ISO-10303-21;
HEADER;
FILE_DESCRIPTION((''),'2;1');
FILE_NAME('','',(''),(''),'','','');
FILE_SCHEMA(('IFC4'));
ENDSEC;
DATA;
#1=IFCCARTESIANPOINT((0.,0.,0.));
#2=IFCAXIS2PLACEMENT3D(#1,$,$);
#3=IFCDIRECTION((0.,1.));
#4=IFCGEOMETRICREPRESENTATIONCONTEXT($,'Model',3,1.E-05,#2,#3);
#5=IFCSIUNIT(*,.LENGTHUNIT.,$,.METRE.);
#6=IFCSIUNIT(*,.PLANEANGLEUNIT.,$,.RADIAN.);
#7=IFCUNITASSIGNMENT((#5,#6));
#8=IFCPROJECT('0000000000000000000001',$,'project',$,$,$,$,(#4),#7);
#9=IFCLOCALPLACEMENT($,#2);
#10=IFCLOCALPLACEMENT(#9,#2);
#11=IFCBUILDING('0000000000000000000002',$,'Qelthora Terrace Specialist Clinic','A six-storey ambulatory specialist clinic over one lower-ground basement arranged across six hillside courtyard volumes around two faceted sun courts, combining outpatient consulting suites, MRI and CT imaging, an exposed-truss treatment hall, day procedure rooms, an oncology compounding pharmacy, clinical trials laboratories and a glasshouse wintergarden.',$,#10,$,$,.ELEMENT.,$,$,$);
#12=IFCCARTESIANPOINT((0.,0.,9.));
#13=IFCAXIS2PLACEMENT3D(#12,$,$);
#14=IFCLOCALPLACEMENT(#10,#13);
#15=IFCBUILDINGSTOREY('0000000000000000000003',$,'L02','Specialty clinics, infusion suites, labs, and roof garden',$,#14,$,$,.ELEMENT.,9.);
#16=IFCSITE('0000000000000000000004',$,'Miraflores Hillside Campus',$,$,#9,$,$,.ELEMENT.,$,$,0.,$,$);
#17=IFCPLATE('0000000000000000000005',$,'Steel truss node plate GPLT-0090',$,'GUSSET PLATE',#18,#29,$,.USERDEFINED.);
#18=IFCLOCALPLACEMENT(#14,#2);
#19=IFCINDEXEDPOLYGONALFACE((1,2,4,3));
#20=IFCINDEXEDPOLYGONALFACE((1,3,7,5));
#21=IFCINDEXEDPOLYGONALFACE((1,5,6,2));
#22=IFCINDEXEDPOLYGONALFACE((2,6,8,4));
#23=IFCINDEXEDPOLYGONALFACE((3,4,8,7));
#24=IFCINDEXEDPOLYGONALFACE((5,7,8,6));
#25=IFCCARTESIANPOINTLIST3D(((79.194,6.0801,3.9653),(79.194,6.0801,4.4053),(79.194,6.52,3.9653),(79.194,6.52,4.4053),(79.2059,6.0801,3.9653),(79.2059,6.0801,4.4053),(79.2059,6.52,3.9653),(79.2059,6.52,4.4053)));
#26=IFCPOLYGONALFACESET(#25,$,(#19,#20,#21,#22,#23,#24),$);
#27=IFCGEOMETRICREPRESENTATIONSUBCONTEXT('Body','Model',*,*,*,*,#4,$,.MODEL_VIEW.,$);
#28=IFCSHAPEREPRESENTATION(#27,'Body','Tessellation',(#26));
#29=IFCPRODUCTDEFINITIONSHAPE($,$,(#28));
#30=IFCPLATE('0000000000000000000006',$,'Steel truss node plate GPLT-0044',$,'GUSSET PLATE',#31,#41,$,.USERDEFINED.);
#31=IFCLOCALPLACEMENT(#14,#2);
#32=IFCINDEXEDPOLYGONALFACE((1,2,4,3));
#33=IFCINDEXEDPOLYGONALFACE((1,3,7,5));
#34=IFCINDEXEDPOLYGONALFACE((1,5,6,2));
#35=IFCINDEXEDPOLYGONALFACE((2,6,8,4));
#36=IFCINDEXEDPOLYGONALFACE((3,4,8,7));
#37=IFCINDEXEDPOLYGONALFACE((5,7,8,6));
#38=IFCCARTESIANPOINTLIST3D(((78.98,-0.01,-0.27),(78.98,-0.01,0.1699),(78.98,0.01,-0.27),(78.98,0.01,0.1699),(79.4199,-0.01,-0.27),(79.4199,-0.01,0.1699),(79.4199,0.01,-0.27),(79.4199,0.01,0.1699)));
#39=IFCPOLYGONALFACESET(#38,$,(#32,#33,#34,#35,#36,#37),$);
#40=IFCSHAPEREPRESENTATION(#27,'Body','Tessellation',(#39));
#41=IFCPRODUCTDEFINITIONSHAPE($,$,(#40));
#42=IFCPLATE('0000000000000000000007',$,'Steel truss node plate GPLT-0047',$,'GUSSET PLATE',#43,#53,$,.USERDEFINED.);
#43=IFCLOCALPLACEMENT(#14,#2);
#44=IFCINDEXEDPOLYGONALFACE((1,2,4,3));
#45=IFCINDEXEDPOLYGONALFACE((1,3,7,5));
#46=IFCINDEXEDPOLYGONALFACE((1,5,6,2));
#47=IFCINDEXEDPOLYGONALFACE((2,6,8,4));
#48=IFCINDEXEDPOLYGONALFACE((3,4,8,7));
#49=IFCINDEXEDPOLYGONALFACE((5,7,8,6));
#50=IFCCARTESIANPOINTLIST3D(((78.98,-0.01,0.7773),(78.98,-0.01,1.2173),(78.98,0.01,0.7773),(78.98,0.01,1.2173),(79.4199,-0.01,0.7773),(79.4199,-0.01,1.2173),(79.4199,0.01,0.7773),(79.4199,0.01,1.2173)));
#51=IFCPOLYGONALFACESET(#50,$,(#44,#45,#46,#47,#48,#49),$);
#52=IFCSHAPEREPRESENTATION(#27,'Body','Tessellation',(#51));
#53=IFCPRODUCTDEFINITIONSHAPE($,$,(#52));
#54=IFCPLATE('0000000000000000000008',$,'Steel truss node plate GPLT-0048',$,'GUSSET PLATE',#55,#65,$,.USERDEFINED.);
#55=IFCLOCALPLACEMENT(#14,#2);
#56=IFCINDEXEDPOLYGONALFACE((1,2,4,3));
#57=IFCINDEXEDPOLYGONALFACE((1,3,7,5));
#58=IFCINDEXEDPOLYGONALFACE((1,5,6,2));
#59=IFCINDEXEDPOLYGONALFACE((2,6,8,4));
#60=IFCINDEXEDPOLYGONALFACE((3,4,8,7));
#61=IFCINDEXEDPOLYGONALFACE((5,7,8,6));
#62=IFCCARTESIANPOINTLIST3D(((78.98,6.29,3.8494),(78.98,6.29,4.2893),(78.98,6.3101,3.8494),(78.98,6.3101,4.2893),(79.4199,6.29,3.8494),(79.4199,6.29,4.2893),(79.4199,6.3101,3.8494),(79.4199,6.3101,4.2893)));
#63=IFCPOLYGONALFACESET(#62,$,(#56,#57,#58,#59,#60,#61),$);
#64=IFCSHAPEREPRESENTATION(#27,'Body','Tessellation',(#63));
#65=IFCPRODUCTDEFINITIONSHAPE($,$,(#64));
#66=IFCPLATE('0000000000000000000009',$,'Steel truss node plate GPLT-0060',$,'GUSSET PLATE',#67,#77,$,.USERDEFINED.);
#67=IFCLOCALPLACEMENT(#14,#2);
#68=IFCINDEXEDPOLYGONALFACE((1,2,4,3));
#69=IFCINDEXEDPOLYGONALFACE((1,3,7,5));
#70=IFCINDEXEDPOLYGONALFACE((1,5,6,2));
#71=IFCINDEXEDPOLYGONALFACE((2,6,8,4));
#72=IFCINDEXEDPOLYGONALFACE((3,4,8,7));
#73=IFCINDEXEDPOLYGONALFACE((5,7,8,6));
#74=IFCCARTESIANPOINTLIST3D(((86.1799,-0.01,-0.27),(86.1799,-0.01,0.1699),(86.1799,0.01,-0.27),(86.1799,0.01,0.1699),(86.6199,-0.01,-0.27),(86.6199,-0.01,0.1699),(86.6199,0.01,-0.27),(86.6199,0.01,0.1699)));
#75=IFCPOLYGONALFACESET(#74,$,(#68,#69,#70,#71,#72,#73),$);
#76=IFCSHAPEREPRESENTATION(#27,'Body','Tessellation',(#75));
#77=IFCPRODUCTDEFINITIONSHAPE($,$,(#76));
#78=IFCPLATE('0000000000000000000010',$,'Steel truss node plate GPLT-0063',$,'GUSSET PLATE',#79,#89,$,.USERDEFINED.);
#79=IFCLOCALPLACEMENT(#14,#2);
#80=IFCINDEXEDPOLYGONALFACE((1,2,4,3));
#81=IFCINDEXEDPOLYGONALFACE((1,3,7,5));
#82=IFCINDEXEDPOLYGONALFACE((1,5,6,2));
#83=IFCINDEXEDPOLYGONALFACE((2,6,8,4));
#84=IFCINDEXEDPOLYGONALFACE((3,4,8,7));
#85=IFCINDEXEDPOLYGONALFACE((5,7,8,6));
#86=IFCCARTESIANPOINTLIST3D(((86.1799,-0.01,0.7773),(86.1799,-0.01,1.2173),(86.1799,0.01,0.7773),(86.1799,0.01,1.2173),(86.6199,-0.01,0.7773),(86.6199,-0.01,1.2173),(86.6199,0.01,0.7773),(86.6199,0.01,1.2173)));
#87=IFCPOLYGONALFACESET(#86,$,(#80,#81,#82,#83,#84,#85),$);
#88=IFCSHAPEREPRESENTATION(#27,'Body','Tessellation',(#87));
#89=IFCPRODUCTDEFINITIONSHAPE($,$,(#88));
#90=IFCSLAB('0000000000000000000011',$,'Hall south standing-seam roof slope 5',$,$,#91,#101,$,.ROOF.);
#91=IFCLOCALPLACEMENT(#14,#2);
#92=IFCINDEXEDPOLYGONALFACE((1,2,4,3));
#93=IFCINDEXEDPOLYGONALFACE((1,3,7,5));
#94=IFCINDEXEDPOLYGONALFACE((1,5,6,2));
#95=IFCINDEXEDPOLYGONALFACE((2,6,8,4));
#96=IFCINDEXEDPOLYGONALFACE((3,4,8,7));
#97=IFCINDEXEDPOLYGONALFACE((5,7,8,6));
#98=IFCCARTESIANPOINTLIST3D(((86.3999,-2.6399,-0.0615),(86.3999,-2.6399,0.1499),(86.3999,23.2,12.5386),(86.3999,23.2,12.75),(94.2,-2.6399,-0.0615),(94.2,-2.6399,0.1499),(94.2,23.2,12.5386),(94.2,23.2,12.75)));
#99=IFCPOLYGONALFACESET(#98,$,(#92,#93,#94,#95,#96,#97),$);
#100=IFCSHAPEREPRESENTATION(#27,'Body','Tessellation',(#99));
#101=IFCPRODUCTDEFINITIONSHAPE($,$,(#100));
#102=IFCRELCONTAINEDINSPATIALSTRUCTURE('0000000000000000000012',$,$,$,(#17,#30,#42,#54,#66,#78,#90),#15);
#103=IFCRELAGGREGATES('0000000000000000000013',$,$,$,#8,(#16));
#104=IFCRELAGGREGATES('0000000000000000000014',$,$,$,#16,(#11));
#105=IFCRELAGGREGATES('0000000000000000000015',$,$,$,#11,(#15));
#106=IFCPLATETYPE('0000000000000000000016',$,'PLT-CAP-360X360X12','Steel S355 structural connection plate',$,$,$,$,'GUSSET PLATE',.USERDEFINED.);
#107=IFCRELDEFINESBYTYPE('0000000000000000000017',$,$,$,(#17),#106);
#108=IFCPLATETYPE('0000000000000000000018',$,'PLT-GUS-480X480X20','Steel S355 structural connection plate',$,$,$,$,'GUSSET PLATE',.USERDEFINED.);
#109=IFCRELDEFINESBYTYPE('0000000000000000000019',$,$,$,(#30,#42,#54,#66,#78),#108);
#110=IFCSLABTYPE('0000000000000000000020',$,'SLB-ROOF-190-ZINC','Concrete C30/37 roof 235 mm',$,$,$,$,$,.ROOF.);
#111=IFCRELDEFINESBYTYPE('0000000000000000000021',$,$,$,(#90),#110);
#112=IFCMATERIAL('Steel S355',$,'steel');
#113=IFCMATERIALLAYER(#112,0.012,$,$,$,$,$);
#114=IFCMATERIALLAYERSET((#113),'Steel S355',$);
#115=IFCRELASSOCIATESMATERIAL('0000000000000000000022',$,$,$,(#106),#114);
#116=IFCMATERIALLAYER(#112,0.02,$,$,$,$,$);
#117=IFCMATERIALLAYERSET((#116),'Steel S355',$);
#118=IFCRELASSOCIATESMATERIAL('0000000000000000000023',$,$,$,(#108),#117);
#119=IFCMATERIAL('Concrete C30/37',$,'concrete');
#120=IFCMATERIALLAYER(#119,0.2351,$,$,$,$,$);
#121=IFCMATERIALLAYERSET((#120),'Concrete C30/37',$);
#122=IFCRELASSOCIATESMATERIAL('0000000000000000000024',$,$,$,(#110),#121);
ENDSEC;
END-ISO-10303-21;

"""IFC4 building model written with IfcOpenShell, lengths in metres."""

from ifc_helpers import new_model, si_unit, direction, frame, origin, origin_2d, place, context, subcontext, project, spatial, polyline, rectangle, outline, extrude, material, layer, layer_set, type_object, element, save


model = new_model("IFC4")

# Units and contexts
model_context = context("Model", 3, precision=1e-05, world=origin(), true_north=direction((0.0, 1.0)))
body_context = subcontext(model_context, "Body", "Model", "MODEL_VIEW")
ifc_project = project(units=[si_unit("LENGTHUNIT", "METRE"), si_unit("PLANEANGLEUNIT", "RADIAN")], contexts=[model_context])

# Site, building, storey
site_placement = place(None, origin())
site = spatial("IfcSite", under=ifc_project, at=site_placement, Name="Miraflores Hillside Campus", CompositionType="ELEMENT", RefElevation=0.0)
building_placement = place(site_placement, origin())
building = spatial("IfcBuilding", under=site, at=building_placement, Name="Qelthora Terrace Specialist Clinic", Description="A six-storey ambulatory specialist clinic over one lower-ground basement arranged across six hillside courtyard volumes around two faceted sun courts, combining outpatient consulting suites, MRI and CT imaging, an exposed-truss treatment hall, day procedure rooms, an oncology compounding pharmacy, clinical trials laboratories and a glasshouse wintergarden.", CompositionType="ELEMENT")
storey_placement = place(building_placement, frame((0.0, 0.0, 9.0)))
storey = spatial("IfcBuildingStorey", under=building, at=storey_placement, Name="L02", Description="Specialty clinics, infusion suites, labs, and roof garden", CompositionType="ELEMENT", Elevation=9.0)

# Shared definitions
ifc_material_1 = material(Name="Steel S355", Category="steel")

# Plates
ifc_layer_1 = layer(ifc_material_1, 0.012)
ifc_layer_set_1 = layer_set([ifc_layer_1], Name="Steel S355")
plate_type_1 = type_object("IfcPlateType", Name="PLT-CAP-360X360X12", Description="Steel S355 structural connection plate", ElementType="GUSSET PLATE", PredefinedType="USERDEFINED", material=ifc_layer_set_1)
plate_1_placement = place(storey_placement, frame((79.2, 6.3, 3.9653), z_axis=(0.0, 0.0, 1.0), x_axis=(1.0, 0.0, 0.0)))
element("IfcPlate", 1, at=plate_1_placement, inside=storey, type_object=plate_type_1, Name="Steel truss node plate GPLT-0090", ObjectType="GUSSET PLATE", PredefinedType="USERDEFINED", context=body_context, shape_type="SweptSolid", body=[
    extrude(rectangle(XDim=0.012, YDim=0.4399, at=origin_2d()), origin(), (0.0, 0.0, 1.0), 0.4399),
])
ifc_layer_2 = layer(ifc_material_1, 0.02)
ifc_layer_set_2 = layer_set([ifc_layer_2], Name="Steel S355")
plate_type_2 = type_object("IfcPlateType", Name="PLT-GUS-480X480X20", Description="Steel S355 structural connection plate", ElementType="GUSSET PLATE", PredefinedType="USERDEFINED", material=ifc_layer_set_2)
for number, where, z_axis, x_axis, name in (
    (2, (79.2, 0.0, -0.27), (0.0, 0.0, 1.0), (1.0, 0.0, 0.0), "Steel truss node plate GPLT-0044"),
    (3, (79.2, 0.0, 0.7773), (0.0, 0.0, 1.0), (1.0, 0.0, 0.0), "Steel truss node plate GPLT-0047"),
    (4, (79.2, 6.3, 3.8494), (0.0, 0.0, 1.0), (1.0, 0.0, 0.0), "Steel truss node plate GPLT-0048"),
    (5, (86.3999, 0.0, -0.27), (0.0, 0.0, 1.0), (1.0, 0.0, 0.0), "Steel truss node plate GPLT-0060"),
    (6, (86.3999, 0.0, 0.7773), (0.0, 0.0, 1.0), (1.0, 0.0, 0.0), "Steel truss node plate GPLT-0063"),
):
    element("IfcPlate", number, at=place(storey_placement, frame(where, z_axis=z_axis, x_axis=x_axis)), inside=storey, type_object=plate_type_2, Name=name, ObjectType="GUSSET PLATE", PredefinedType="USERDEFINED", context=body_context, shape_type="SweptSolid", body=[
        extrude(rectangle(XDim=0.4399, YDim=0.02, at=origin_2d()), origin(), (0.0, 0.0, 1.0), 0.4399),
    ])

# Slab
ifc_material_2 = material(Name="Concrete C30/37", Category="concrete")
ifc_layer_3 = layer(ifc_material_2, 0.2351)
ifc_layer_set_3 = layer_set([ifc_layer_3], Name="Concrete C30/37")
slab_type = type_object("IfcSlabType", Name="SLB-ROOF-190-ZINC", Description="Concrete C30/37 roof 235 mm", PredefinedType="ROOF", material=ifc_layer_set_3)
slab_placement = place(storey_placement, frame((86.3999, -2.6399, -0.0615), z_axis=(0.0, -0.438291, 0.898833), x_axis=(1.0, 0.0, 0.0)))
element("IfcSlab", 7, at=slab_placement, inside=storey, type_object=slab_type, Name="Hall south standing-seam roof slope 5", PredefinedType="ROOF", context=body_context, shape_type="SweptSolid", body=[
    extrude(outline(polyline([(0.0, 0.0), (7.8, 0.0), (7.8, 28.7482), (0.0, 28.7482), (0.0, 0.0)])), origin(), (0.0, 0.438291, 0.898833), 0.2114),
])

save(model, "model.ifc")
